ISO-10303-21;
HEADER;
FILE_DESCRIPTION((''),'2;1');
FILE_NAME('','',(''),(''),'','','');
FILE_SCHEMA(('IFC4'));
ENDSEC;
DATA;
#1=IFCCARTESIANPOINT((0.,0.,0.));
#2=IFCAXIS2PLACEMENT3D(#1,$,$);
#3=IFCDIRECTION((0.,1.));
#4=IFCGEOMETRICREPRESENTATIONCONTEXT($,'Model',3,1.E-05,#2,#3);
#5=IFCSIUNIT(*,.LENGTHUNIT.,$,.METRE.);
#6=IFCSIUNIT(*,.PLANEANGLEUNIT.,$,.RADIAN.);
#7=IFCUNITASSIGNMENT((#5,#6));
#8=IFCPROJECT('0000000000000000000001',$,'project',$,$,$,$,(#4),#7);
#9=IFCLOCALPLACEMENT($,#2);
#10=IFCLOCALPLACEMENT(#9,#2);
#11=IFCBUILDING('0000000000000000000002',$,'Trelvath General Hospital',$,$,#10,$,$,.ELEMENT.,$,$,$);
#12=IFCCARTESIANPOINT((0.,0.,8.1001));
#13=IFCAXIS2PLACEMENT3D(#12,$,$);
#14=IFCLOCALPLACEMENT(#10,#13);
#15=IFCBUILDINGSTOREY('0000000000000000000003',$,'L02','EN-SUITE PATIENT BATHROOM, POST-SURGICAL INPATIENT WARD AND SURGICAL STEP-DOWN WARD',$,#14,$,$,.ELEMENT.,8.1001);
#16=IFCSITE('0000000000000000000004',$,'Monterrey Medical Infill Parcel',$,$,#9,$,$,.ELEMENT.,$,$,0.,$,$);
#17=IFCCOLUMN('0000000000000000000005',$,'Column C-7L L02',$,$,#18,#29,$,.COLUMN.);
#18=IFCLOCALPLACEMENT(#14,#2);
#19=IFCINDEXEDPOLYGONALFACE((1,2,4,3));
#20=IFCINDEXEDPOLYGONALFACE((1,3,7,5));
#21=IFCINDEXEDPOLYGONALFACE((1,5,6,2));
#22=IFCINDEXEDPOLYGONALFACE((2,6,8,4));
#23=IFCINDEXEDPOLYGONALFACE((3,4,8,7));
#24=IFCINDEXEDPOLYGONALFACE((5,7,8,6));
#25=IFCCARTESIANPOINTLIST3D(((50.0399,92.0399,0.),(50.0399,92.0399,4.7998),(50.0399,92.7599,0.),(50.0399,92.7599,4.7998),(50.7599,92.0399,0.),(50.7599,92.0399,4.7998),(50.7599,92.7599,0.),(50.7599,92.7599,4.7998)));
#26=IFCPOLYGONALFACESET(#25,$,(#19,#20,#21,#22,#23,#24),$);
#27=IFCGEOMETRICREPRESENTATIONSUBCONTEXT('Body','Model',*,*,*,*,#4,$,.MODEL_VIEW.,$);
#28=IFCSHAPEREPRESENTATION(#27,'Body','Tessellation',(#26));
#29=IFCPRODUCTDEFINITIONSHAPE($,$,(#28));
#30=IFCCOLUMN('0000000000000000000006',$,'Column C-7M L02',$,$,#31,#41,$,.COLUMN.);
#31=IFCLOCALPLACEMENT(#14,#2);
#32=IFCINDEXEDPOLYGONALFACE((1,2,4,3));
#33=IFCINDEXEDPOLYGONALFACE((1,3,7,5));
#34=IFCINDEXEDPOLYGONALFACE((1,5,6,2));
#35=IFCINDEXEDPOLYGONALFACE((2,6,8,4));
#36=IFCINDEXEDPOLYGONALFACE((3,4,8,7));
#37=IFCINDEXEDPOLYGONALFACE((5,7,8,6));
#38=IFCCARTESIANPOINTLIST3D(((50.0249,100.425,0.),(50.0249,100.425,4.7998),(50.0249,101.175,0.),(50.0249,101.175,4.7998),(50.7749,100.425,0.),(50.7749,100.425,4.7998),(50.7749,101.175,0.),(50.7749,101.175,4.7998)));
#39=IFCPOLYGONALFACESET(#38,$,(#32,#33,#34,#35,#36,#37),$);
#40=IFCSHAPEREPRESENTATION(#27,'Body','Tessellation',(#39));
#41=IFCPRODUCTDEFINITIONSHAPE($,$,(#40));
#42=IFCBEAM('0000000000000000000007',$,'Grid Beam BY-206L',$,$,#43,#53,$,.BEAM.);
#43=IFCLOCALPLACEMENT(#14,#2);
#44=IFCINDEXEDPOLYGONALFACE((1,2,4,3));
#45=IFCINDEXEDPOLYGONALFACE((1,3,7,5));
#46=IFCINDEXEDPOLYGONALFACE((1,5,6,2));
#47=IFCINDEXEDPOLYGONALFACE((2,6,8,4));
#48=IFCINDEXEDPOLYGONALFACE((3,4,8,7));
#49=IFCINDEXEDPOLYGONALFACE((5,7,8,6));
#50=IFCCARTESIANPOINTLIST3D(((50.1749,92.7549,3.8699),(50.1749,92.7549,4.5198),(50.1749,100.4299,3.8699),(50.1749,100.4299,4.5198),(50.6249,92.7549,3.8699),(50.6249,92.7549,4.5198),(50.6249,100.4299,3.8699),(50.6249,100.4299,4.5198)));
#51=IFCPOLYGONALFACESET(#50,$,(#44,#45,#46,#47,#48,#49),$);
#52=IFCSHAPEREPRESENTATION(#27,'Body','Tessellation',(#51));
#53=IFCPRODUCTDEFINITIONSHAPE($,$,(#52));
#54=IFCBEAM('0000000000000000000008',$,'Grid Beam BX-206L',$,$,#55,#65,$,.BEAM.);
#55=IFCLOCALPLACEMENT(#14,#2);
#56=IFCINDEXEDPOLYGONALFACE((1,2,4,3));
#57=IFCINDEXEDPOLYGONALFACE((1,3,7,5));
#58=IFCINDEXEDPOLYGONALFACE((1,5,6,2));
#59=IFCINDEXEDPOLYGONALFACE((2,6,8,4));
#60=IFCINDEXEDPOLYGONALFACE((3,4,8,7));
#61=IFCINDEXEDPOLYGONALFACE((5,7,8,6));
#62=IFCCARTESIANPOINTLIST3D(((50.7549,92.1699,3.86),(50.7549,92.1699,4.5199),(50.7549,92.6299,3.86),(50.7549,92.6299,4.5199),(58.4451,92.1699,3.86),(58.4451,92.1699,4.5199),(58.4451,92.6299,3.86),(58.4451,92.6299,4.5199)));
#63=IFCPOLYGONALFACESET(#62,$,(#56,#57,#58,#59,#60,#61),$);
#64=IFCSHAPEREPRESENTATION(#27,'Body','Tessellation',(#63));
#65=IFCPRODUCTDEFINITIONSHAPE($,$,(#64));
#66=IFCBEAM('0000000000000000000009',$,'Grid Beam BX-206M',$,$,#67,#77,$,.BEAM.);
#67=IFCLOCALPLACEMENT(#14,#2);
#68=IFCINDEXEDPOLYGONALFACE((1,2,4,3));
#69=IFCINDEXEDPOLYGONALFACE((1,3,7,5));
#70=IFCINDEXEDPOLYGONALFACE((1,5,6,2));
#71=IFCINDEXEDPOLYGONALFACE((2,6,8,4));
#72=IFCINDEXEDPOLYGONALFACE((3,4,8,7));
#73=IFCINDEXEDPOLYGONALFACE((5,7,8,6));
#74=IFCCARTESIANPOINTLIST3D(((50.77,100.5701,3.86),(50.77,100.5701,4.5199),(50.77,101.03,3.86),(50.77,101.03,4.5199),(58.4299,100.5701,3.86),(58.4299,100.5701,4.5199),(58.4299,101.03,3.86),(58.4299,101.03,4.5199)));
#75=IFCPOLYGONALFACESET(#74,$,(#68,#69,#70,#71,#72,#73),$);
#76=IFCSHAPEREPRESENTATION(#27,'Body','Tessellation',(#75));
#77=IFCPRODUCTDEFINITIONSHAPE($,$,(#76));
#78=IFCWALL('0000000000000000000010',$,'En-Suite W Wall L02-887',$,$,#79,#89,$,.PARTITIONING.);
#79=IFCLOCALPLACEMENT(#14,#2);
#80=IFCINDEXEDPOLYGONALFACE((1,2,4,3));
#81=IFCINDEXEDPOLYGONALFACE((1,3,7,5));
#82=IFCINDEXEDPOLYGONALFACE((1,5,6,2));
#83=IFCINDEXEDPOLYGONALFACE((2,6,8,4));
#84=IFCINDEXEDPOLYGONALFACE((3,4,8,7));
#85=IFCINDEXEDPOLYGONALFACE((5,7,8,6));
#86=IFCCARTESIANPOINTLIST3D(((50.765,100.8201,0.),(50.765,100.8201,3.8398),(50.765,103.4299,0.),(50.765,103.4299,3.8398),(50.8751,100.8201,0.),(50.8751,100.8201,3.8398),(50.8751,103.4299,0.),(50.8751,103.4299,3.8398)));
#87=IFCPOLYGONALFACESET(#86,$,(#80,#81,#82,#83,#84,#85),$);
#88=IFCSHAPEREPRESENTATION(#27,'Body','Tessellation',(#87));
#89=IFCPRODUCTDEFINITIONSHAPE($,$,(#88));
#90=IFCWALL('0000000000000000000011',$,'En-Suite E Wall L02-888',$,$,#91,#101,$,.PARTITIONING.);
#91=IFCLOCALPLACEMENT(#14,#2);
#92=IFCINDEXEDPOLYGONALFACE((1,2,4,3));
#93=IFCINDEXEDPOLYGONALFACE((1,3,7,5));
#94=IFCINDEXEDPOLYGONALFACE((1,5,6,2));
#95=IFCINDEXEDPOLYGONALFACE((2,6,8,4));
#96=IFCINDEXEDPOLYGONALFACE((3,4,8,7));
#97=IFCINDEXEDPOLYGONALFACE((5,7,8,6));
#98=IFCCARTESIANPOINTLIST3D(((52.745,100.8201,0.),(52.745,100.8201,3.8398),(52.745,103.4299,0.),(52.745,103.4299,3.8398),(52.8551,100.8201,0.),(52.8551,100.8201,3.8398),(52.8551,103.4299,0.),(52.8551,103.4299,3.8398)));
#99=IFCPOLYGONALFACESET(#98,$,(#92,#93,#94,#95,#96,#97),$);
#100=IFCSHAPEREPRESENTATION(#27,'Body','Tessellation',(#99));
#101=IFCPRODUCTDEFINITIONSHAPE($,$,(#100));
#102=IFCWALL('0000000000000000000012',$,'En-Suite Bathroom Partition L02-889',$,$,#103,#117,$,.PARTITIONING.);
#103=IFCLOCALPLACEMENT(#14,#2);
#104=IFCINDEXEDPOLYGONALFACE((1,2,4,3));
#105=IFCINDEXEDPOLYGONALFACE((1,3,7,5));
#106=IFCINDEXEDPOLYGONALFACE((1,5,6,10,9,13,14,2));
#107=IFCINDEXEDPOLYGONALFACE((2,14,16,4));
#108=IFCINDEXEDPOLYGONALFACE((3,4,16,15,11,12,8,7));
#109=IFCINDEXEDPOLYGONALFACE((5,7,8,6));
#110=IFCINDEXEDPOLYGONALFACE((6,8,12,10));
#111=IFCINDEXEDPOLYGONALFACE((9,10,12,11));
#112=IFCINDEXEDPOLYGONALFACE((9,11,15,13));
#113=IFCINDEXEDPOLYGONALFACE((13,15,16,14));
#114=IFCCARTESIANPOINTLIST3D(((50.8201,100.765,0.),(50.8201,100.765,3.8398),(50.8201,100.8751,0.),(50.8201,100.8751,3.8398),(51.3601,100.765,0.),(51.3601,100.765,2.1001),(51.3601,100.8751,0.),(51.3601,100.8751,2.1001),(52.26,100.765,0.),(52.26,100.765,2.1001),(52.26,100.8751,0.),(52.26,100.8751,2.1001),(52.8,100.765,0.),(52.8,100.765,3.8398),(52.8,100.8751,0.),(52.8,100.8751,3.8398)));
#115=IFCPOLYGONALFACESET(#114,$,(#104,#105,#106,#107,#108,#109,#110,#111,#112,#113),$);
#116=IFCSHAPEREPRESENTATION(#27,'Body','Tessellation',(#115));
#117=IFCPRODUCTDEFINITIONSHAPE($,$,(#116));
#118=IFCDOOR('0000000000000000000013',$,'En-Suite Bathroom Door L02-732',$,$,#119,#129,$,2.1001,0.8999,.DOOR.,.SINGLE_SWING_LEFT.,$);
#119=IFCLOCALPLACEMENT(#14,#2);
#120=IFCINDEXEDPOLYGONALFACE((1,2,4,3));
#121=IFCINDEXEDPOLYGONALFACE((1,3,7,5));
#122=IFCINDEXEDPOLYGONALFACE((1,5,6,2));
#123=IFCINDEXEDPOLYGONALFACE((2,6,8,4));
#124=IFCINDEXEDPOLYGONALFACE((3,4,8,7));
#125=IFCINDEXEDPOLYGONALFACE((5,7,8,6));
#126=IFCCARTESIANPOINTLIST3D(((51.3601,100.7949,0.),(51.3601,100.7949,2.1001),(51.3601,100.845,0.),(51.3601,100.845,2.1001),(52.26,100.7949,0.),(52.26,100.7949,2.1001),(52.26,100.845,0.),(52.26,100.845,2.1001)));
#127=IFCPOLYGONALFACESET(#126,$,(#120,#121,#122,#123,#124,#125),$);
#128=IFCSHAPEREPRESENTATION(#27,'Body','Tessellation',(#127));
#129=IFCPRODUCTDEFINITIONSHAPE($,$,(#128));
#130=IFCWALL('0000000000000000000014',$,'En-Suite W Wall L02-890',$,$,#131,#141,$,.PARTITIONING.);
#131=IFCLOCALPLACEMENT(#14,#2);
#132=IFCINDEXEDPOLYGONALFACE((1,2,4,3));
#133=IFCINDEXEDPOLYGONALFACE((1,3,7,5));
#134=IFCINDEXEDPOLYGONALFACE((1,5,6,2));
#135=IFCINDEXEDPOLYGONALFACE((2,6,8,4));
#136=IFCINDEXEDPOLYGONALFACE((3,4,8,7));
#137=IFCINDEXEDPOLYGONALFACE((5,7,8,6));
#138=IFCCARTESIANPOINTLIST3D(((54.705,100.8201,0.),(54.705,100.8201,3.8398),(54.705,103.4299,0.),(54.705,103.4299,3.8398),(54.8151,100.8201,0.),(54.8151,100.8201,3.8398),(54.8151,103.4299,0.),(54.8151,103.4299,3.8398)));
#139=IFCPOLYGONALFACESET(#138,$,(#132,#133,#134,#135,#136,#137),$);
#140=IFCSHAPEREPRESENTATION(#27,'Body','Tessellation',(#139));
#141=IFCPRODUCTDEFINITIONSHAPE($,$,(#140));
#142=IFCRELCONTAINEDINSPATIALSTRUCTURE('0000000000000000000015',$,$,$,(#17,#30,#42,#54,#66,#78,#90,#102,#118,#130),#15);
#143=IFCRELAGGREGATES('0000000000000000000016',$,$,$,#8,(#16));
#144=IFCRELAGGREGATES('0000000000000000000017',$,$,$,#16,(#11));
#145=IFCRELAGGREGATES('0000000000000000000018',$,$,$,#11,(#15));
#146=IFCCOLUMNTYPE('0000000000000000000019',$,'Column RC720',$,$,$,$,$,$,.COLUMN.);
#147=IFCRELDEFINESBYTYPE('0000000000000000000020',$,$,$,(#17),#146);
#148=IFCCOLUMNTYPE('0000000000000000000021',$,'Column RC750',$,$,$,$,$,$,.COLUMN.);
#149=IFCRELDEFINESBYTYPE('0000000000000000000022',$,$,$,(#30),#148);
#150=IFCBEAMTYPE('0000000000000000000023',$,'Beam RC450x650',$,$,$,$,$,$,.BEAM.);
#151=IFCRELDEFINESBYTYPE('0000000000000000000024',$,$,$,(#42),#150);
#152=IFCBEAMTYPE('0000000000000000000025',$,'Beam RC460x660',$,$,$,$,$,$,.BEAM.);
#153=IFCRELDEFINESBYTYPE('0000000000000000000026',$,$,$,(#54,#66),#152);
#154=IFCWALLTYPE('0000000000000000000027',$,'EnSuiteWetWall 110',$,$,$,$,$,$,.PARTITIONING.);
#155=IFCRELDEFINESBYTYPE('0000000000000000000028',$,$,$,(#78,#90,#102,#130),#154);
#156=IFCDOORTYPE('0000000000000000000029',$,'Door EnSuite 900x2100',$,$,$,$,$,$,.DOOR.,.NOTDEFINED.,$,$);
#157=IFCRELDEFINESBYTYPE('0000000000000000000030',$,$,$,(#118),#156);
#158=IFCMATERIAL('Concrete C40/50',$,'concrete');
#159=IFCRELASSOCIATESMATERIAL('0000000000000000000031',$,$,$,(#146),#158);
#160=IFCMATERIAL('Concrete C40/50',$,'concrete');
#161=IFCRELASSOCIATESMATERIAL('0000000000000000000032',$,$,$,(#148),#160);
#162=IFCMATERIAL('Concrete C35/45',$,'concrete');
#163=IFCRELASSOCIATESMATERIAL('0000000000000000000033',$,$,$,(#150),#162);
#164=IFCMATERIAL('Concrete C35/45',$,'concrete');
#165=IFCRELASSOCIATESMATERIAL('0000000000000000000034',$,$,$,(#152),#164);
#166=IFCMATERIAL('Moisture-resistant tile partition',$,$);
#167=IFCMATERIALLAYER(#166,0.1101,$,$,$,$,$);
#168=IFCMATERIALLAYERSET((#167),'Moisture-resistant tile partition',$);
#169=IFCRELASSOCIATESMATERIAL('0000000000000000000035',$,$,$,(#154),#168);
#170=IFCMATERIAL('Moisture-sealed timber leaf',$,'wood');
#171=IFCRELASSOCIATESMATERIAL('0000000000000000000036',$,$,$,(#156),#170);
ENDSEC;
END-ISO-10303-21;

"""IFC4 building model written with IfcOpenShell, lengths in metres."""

from ifc_helpers import new_model, si_unit, direction, frame, frame_2d, origin, origin_2d, place, context, subcontext, project, spatial, rectangle, extrude, material, layer, layer_set, material_profile, profile_set, type_object, element, fill, save


model = new_model("IFC4")

# Units and contexts
model_context = context("Model", 3, precision=1e-05, world=origin(), true_north=direction((0.0, 1.0)))
body_context = subcontext(model_context, "Body", "Model", "MODEL_VIEW")
ifc_project = project(units=[si_unit("LENGTHUNIT", "METRE"), si_unit("PLANEANGLEUNIT", "RADIAN")], contexts=[model_context])

# Site, building, storey
site_placement = place(None, origin())
site = spatial("IfcSite", under=ifc_project, at=site_placement, Name="Monterrey Medical Infill Parcel", CompositionType="ELEMENT", RefElevation=0.0)
building_placement = place(site_placement, origin())
building = spatial("IfcBuilding", under=site, at=building_placement, Name="Trelvath General Hospital", CompositionType="ELEMENT")
storey_placement = place(building_placement, frame((0.0, 0.0, 8.1001)))
storey = spatial("IfcBuildingStorey", under=building, at=storey_placement, Name="L02", Description="EN-SUITE PATIENT BATHROOM, POST-SURGICAL INPATIENT WARD AND SURGICAL STEP-DOWN WARD", CompositionType="ELEMENT", Elevation=8.1001)

# Columns
ifc_material_1 = material(Name="Concrete C40/50", Category="concrete")
ifc_material_profile_1 = material_profile(ifc_material_1, rectangle(XDim=0.72, YDim=0.72, at=origin_2d()), Name="RC720x720")
ifc_profile_set_1 = profile_set([ifc_material_profile_1], Name="Concrete C40/50")
column_type_1 = type_object("IfcColumnType", Name="Column RC720", PredefinedType="COLUMN", material=ifc_profile_set_1)
column_1_placement = place(storey_placement, frame((50.3999, 92.3999, 0.0), z_axis=(0.0, 0.0, 1.0), x_axis=(1.0, 0.0, 0.0)))
element("IfcColumn", 1, at=column_1_placement, inside=storey, type_object=column_type_1, Name="Column C-7L L02", PredefinedType="COLUMN", context=body_context, shape_type="SweptSolid", body=[
    extrude(rectangle(XDim=0.72, YDim=0.72, at=origin_2d()), origin(), (0.0, 0.0, 1.0), 4.7998),
])
ifc_material_2 = material(Name="Concrete C40/50", Category="concrete")
ifc_material_profile_2 = material_profile(ifc_material_2, rectangle(XDim=0.75, YDim=0.75, at=origin_2d()), Name="RC750x750")
ifc_profile_set_2 = profile_set([ifc_material_profile_2], Name="Concrete C40/50")
column_type_2 = type_object("IfcColumnType", Name="Column RC750", PredefinedType="COLUMN", material=ifc_profile_set_2)
column_2_placement = place(storey_placement, frame((50.3999, 100.8, 0.0), z_axis=(0.0, 0.0, 1.0), x_axis=(1.0, 0.0, 0.0)))
element("IfcColumn", 2, at=column_2_placement, inside=storey, type_object=column_type_2, Name="Column C-7M L02", PredefinedType="COLUMN", context=body_context, shape_type="SweptSolid", body=[
    extrude(rectangle(XDim=0.75, YDim=0.75, at=origin_2d()), origin(), (0.0, 0.0, 1.0), 4.7998),
])

# Beams
ifc_material_3 = material(Name="Concrete C35/45", Category="concrete")
ifc_material_profile_3 = material_profile(ifc_material_3, rectangle(XDim=0.45, YDim=0.6499, at=origin_2d()), Name="RCB450x650")
ifc_profile_set_3 = profile_set([ifc_material_profile_3], Name="Concrete C35/45")
beam_type_1 = type_object("IfcBeamType", Name="Beam RC450x650", PredefinedType="BEAM", material=ifc_profile_set_3)
beam_1_placement = place(storey_placement, frame((50.3999, 92.7549, 4.1948), z_axis=(0.0, 1.0, 0.0), x_axis=(-1.0, 0.0, 0.0)))
element("IfcBeam", 3, at=beam_1_placement, inside=storey, type_object=beam_type_1, Name="Grid Beam BY-206L", PredefinedType="BEAM", context=body_context, shape_type="SweptSolid", body=[
    extrude(rectangle(XDim=0.45, YDim=0.6499, at=origin_2d()), origin(), (0.0, 0.0, 1.0), 7.675),
])
ifc_material_4 = material(Name="Concrete C35/45", Category="concrete")
ifc_material_profile_4 = material_profile(ifc_material_4, rectangle(XDim=0.46, YDim=0.6599, at=origin_2d()), Name="RCB460x660")
ifc_profile_set_4 = profile_set([ifc_material_profile_4], Name="Concrete C35/45")
beam_type_2 = type_object("IfcBeamType", Name="Beam RC460x660", PredefinedType="BEAM", material=ifc_profile_set_4)
beam_2_placement = place(storey_placement, frame((50.7549, 92.3999, 4.1899), z_axis=(1.0, 0.0, 0.0), x_axis=(0.0, 1.0, 0.0)))
element("IfcBeam", 4, at=beam_2_placement, inside=storey, type_object=beam_type_2, Name="Grid Beam BX-206L", PredefinedType="BEAM", context=body_context, shape_type="SweptSolid", body=[
    extrude(rectangle(XDim=0.46, YDim=0.6599, at=origin_2d()), origin(), (0.0, 0.0, 1.0), 7.6902),
])
beam_3_placement = place(storey_placement, frame((50.77, 100.8, 4.1899), z_axis=(1.0, 0.0, 0.0), x_axis=(0.0, 1.0, 0.0)))
element("IfcBeam", 5, at=beam_3_placement, inside=storey, type_object=beam_type_2, Name="Grid Beam BX-206M", PredefinedType="BEAM", context=body_context, shape_type="SweptSolid", body=[
    extrude(rectangle(XDim=0.46, YDim=0.6599, at=origin_2d()), origin(), (0.0, 0.0, 1.0), 7.6599),
])

# Walls
ifc_material_5 = material(Name="Moisture-resistant tile partition")
ifc_layer_1 = layer(ifc_material_5, 0.1101)
ifc_layer_set_1 = layer_set([ifc_layer_1], Name="Moisture-resistant tile partition")
wall_type_1 = type_object("IfcWallType", Name="EnSuiteWetWall 110", PredefinedType="PARTITIONING", material=ifc_layer_set_1)
for number, where, z_axis, x_axis, name in (
    (6, (50.8201, 100.8201, 0.0), (0.0, 0.0, 1.0), (0.0, 1.0, 0.0), "En-Suite W Wall L02-887"),
    (7, (52.8, 100.8201, 0.0), (0.0, 0.0, 1.0), (0.0, 1.0, 0.0), "En-Suite E Wall L02-888"),
):
    element("IfcWall", number, at=place(storey_placement, frame(where, z_axis=z_axis, x_axis=x_axis)), inside=storey, type_object=wall_type_1, Name=name, PredefinedType="PARTITIONING", context=body_context, shape_type="SweptSolid", body=[
        extrude(rectangle(XDim=2.6099, YDim=0.1101, at=frame_2d((1.3049, 0.0))), origin(), (0.0, 0.0, 1.0), 3.8398),
    ])

# Wall, opening, door
wall_1_placement = place(storey_placement, frame((50.8201, 100.8201, 0.0), z_axis=(0.0, 0.0, 1.0), x_axis=(1.0, 0.0, 0.0)))
wall_1 = element("IfcWall", 8, at=wall_1_placement, inside=storey, type_object=wall_type_1, Name="En-Suite Bathroom Partition L02-889", PredefinedType="PARTITIONING", context=body_context, shape_type="SweptSolid", body=[
    extrude(rectangle(XDim=1.98, YDim=0.1101, at=frame_2d((0.99, 0.0))), origin(), (0.0, 0.0, 1.0), 3.8398),
])
opening_1_placement = place(wall_1_placement, frame((0.54, 0.0, 0.0)))
opening_1 = element("IfcOpeningElement", 9, at=opening_1_placement, cuts=wall_1, PredefinedType="OPENING", context=body_context, shape_type="SweptSolid", body=[
    extrude(rectangle(XDim=0.8999, YDim=2.1001, at=frame_2d((0.45, 1.05))), frame((0.0, 0.0649, 0.0), z_axis=(0.0, -1.0, 0.0), x_axis=(1.0, 0.0, 0.0)), (0.0, 0.0, 1.0), 0.1301),
])
ifc_material_6 = material(Name="Moisture-sealed timber leaf", Category="wood")
door_type_1 = type_object("IfcDoorType", Name="Door EnSuite 900x2100", OperationType="NOTDEFINED", PredefinedType="DOOR", material=ifc_material_6)
door_1_placement = place(opening_1_placement, origin())
door_1 = element("IfcDoor", 10, at=door_1_placement, inside=storey, type_object=door_type_1, Name="En-Suite Bathroom Door L02-732", OperationType="SINGLE_SWING_LEFT", OverallHeight=2.1001, OverallWidth=0.8999, PredefinedType="DOOR", context=body_context, shape_type="SweptSolid", body=[
    extrude(rectangle(XDim=0.8999, YDim=2.1001, at=frame_2d((0.45, 1.05))), frame((0.0, 0.0249, 0.0), z_axis=(0.0, -1.0, 0.0), x_axis=(1.0, 0.0, 0.0)), (0.0, 0.0, 1.0), 0.05),
])
fill(opening_1, door_1)

# Wall
wall_2_placement = place(storey_placement, frame((54.76, 100.8201, 0.0), z_axis=(0.0, 0.0, 1.0), x_axis=(0.0, 1.0, 0.0)))
element("IfcWall", 11, at=wall_2_placement, inside=storey, type_object=wall_type_1, Name="En-Suite W Wall L02-890", PredefinedType="PARTITIONING", context=body_context, shape_type="SweptSolid", body=[
    extrude(rectangle(XDim=2.6099, YDim=0.1101, at=frame_2d((1.3049, 0.0))), origin(), (0.0, 0.0, 1.0), 3.8398),
])

save(model, "model.ifc")
